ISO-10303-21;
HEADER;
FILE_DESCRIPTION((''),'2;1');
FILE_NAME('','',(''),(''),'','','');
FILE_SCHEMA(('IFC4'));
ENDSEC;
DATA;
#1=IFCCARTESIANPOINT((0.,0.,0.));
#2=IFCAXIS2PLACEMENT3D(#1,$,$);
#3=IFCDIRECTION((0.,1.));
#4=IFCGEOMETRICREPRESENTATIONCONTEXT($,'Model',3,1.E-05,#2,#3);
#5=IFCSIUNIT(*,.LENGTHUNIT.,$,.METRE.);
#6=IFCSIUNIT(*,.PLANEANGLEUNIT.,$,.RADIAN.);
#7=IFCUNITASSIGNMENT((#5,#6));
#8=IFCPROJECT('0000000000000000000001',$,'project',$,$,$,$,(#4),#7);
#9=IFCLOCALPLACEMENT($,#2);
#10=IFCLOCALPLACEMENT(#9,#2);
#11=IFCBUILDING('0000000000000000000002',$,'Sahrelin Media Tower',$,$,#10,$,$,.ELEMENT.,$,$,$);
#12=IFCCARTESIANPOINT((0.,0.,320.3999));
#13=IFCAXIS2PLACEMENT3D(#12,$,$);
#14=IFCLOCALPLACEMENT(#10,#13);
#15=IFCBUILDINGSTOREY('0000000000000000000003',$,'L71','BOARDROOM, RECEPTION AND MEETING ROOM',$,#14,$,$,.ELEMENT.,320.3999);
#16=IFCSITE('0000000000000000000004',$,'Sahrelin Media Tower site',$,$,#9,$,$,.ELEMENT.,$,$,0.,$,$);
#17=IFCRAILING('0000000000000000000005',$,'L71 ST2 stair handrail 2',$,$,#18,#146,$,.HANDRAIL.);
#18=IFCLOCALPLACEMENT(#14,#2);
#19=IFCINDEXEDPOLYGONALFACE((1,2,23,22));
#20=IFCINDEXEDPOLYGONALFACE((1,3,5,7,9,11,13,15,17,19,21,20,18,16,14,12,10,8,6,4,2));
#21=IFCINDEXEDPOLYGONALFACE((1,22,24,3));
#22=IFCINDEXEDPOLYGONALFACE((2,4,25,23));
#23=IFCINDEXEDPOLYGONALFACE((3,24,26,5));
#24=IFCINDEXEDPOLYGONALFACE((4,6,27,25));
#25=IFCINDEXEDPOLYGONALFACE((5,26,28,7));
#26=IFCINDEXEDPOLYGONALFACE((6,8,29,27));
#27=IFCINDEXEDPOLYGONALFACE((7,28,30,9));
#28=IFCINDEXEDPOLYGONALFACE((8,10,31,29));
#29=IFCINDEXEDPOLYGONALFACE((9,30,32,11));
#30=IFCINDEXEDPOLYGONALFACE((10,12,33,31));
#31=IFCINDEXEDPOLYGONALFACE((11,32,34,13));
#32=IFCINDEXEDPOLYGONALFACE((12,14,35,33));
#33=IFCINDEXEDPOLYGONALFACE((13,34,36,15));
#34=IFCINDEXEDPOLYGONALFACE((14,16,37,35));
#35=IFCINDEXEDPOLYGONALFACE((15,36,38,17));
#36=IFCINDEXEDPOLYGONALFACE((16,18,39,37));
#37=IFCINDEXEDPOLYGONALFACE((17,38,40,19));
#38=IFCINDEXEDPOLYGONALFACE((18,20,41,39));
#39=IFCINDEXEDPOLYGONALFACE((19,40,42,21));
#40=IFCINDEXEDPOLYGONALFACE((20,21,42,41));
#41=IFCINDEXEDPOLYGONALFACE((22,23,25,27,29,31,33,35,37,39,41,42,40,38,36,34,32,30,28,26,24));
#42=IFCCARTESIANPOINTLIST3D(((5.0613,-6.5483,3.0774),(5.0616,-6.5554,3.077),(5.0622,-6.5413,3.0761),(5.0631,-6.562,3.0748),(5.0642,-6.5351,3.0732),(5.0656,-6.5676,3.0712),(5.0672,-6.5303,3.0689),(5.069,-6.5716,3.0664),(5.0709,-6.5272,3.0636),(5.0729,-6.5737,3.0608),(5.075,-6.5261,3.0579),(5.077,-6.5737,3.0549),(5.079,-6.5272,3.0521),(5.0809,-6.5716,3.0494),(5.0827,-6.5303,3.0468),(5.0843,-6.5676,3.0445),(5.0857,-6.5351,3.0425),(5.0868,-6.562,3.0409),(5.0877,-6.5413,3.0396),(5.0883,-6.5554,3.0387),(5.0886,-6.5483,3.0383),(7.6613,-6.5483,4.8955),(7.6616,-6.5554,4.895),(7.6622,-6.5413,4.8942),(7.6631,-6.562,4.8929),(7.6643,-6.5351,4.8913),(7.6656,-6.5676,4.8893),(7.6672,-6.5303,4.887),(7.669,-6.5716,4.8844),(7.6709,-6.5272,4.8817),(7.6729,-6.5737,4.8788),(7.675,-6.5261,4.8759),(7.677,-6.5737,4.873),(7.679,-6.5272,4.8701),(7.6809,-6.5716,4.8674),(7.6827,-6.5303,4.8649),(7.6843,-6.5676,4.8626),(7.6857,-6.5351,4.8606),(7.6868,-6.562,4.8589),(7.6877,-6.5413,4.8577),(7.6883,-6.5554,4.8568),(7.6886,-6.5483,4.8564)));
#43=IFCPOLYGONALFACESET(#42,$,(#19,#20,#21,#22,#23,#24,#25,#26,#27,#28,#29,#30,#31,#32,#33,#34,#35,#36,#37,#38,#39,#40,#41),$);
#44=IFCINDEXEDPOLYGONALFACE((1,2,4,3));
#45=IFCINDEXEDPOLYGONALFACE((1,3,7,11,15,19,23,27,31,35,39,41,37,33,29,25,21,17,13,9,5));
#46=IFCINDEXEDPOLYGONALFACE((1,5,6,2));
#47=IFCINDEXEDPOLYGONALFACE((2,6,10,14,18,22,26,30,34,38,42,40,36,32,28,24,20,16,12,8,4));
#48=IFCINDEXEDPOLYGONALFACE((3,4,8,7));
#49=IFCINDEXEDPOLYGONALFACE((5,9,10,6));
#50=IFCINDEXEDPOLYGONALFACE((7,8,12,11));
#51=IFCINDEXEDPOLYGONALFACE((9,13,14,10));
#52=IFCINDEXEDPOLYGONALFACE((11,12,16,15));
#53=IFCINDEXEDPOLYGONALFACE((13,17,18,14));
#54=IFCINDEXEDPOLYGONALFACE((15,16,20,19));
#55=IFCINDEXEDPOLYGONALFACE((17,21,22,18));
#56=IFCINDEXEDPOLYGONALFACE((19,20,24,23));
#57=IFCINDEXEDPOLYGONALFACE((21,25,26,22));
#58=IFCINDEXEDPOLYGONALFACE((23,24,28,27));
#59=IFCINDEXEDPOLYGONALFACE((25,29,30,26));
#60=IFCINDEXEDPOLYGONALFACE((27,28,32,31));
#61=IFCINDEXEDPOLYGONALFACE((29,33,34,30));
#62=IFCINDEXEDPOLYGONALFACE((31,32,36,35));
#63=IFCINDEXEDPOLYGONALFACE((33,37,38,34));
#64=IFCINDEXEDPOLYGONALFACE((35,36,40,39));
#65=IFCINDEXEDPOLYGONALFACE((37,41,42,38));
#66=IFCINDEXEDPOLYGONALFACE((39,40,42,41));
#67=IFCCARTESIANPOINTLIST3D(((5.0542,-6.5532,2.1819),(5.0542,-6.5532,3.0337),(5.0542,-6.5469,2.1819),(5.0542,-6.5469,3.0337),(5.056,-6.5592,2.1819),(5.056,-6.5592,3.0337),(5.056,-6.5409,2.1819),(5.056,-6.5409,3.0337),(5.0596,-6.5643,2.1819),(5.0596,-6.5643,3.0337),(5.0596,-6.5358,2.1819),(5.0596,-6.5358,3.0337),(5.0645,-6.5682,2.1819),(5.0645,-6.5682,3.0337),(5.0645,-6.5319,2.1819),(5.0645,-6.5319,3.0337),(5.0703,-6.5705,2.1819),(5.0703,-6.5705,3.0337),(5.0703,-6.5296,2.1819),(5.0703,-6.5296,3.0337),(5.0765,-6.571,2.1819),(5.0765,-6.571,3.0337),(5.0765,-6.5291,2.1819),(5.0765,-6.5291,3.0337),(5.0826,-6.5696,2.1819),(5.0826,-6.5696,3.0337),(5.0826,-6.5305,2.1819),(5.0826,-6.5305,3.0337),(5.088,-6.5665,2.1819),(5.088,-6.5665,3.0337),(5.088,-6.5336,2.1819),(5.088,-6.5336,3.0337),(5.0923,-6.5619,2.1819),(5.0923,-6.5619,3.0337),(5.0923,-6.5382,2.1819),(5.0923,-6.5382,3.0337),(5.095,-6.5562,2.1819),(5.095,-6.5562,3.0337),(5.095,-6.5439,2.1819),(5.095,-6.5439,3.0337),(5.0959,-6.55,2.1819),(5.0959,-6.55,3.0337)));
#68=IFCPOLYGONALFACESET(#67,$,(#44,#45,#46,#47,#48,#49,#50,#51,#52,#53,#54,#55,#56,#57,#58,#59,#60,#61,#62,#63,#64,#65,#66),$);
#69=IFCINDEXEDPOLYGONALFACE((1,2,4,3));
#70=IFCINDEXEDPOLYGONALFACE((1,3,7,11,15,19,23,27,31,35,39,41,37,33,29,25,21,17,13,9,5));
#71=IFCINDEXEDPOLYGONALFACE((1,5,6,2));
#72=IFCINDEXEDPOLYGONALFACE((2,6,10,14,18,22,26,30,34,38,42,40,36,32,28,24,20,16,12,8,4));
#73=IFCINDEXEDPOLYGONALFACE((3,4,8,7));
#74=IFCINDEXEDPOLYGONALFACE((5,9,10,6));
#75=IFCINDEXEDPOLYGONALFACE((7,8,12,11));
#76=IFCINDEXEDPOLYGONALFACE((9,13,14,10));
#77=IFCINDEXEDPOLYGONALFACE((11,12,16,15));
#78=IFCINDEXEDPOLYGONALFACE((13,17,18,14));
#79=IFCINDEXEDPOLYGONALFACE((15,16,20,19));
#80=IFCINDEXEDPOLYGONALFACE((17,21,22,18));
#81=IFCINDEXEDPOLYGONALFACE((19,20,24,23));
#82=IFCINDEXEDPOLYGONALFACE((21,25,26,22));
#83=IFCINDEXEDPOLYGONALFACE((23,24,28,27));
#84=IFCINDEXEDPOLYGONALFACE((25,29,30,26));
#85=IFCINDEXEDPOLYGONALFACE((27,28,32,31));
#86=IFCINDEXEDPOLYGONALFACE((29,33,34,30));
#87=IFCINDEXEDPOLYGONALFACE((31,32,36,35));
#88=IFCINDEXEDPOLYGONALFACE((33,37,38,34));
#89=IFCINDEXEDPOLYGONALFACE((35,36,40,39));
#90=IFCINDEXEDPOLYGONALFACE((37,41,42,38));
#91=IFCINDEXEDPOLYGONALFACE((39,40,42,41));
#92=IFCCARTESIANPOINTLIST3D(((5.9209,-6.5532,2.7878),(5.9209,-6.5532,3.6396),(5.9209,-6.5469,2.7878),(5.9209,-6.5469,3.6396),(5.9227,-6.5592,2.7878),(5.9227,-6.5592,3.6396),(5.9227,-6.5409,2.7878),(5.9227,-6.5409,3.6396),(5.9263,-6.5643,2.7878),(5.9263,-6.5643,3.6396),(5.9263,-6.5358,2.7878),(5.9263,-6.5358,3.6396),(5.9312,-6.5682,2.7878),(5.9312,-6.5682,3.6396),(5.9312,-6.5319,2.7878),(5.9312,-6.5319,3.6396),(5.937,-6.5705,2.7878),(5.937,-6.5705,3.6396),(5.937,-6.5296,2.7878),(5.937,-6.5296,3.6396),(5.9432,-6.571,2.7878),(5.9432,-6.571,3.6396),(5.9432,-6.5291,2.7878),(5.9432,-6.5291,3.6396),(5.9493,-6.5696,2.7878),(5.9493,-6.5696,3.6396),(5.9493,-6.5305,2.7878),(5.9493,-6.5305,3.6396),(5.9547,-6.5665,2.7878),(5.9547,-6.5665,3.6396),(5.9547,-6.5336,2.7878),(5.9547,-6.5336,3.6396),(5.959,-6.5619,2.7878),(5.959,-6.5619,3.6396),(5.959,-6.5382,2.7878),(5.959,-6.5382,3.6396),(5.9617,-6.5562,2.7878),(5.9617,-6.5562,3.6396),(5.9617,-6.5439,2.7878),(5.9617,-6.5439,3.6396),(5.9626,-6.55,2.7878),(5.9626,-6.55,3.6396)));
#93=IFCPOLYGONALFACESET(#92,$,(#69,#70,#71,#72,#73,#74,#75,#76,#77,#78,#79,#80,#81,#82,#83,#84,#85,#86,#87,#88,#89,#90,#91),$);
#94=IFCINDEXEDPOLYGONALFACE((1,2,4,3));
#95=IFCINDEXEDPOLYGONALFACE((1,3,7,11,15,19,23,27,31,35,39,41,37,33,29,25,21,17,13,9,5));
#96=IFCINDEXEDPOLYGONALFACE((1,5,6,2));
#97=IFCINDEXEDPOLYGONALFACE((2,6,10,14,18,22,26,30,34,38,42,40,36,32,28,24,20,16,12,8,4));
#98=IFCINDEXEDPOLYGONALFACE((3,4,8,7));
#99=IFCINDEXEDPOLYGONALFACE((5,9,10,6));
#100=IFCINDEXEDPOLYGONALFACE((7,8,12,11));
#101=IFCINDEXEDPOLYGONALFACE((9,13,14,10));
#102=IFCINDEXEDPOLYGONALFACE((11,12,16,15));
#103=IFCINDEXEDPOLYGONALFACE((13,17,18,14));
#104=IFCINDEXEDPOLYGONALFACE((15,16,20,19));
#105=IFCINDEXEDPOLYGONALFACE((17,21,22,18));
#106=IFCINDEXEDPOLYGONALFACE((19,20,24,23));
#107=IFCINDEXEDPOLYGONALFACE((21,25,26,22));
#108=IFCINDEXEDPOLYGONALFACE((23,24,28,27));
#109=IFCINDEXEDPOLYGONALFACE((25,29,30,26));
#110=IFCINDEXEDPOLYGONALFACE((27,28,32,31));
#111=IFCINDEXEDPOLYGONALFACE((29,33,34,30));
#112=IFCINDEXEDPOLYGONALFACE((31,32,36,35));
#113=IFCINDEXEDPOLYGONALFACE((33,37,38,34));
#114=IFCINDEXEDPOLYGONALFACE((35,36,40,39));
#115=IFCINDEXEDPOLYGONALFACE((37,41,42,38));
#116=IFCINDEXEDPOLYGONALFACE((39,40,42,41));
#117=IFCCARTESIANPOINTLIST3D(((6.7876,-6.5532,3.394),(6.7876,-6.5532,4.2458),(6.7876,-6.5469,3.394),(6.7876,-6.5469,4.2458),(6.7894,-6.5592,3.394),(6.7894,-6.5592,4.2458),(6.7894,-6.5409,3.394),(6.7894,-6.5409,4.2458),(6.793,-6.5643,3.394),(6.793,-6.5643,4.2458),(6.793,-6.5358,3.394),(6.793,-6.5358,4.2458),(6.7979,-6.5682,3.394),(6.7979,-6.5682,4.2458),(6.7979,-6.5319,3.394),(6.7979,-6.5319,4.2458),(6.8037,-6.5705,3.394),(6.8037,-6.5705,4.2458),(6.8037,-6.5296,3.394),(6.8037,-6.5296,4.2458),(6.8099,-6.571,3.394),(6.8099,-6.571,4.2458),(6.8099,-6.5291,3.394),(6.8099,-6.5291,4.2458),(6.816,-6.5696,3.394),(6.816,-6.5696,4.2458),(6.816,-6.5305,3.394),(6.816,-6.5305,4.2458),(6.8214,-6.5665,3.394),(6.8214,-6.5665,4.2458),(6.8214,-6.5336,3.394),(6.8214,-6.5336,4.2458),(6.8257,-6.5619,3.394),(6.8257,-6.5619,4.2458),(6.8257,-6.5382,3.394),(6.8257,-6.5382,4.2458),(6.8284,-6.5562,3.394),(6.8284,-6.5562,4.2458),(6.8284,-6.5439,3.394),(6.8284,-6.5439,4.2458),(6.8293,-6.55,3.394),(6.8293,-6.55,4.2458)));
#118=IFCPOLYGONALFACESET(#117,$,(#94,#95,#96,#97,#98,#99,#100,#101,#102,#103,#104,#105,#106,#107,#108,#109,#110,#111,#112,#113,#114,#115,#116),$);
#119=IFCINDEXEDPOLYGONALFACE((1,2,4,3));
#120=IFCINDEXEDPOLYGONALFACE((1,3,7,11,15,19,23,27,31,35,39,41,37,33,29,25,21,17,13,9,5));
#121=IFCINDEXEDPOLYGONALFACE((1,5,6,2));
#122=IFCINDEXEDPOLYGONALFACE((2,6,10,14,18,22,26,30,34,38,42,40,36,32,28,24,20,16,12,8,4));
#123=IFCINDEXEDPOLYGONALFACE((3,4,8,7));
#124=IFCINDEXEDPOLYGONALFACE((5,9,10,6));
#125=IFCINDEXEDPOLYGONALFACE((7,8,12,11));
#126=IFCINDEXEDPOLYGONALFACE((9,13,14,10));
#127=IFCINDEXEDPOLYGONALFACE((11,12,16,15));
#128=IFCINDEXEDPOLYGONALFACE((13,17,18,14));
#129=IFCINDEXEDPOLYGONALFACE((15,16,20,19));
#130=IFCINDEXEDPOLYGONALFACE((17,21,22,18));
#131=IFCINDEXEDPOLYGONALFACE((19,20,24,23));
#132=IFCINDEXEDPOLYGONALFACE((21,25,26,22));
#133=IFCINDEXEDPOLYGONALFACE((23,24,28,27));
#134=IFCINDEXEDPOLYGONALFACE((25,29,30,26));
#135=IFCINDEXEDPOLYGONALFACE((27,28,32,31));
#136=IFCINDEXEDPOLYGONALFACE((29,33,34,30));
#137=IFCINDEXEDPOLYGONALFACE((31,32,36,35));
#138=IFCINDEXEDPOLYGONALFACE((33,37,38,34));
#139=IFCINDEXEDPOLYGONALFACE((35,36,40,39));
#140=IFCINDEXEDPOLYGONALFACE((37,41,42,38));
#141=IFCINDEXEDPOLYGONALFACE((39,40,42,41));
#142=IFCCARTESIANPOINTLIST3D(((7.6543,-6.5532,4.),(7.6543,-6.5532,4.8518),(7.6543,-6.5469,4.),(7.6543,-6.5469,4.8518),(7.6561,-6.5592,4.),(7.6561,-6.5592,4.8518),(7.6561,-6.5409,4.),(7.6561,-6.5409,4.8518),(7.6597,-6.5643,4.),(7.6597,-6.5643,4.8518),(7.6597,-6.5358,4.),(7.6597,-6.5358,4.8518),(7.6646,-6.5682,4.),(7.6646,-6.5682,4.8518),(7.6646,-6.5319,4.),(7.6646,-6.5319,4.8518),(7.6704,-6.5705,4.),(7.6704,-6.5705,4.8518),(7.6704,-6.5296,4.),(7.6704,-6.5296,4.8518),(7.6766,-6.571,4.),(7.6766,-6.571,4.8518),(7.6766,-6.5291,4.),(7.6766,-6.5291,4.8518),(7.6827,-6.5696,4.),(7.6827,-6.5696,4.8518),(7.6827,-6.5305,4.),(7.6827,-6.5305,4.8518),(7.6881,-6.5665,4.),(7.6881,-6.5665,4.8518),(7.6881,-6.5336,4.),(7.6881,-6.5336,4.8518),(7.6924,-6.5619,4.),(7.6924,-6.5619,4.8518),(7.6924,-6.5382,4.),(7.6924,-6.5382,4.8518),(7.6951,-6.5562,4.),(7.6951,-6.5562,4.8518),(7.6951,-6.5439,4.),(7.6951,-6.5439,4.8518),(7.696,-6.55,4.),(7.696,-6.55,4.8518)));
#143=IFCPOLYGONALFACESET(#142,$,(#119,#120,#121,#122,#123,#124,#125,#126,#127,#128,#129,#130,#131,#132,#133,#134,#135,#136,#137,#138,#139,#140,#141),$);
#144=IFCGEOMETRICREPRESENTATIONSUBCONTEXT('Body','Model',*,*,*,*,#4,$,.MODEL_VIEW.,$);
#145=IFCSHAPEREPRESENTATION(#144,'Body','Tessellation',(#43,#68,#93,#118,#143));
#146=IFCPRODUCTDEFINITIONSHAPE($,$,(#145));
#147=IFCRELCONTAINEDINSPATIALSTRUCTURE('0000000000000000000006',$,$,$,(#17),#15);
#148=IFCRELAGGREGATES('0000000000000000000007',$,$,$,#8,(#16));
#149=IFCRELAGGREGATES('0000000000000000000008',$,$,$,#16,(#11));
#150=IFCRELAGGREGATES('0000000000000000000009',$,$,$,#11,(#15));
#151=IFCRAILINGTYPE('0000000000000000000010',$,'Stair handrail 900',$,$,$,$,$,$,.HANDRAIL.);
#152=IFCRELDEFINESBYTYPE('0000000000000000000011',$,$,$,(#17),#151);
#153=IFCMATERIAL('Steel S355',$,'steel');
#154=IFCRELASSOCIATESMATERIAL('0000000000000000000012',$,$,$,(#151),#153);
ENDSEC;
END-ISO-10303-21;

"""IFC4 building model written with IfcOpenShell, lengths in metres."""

from ifc_helpers import new_model, si_unit, direction, frame, origin, origin_2d, place, context, subcontext, project, spatial, circle, extrude, material, type_object, element, save


model = new_model("IFC4")

# Units and contexts
model_context = context("Model", 3, precision=1e-05, world=origin(), true_north=direction((0.0, 1.0)))
body_context = subcontext(model_context, "Body", "Model", "MODEL_VIEW")
ifc_project = project(units=[si_unit("LENGTHUNIT", "METRE"), si_unit("PLANEANGLEUNIT", "RADIAN")], contexts=[model_context])

# Site, building, storey
site_placement = place(None, origin())
site = spatial("IfcSite", under=ifc_project, at=site_placement, Name="Sahrelin Media Tower site", CompositionType="ELEMENT", RefElevation=0.0)
building_placement = place(site_placement, origin())
building = spatial("IfcBuilding", under=site, at=building_placement, Name="Sahrelin Media Tower", CompositionType="ELEMENT")
storey_placement = place(building_placement, frame((0.0, 0.0, 320.3999)))
storey = spatial("IfcBuildingStorey", under=building, at=storey_placement, Name="L71", Description="BOARDROOM, RECEPTION AND MEETING ROOM", CompositionType="ELEMENT", Elevation=320.3999)

# Shared definitions
ifc_material_1 = material(Name="Steel S355", Category="steel")

# Railing
railing_type_1 = type_object("IfcRailingType", Name="Stair handrail 900", PredefinedType="HANDRAIL", material=ifc_material_1)
railing_1_placement = place(storey_placement, frame((5.075, -6.55, 2.1819)))
element("IfcRailing", 1, at=railing_1_placement, inside=storey, type_object=railing_type_1, Name="L71 ST2 stair handrail 2", PredefinedType="HANDRAIL", context=body_context, shape_type="SweptSolid", body=[
    extrude(circle(Radius=0.0239, at=origin_2d()), frame((0.0, 0.0, 0.876), z_axis=(0.819521, 0.0, 0.573049), x_axis=(0.0, 1.0, 0.0)), (0.0, 0.0, 1.0), 3.1726),
    extrude(circle(Radius=0.021, at=origin_2d()), origin(), (0.0, 0.0, 1.0), 0.8518),
    extrude(circle(Radius=0.021, at=origin_2d()), frame((0.8667, 0.0, 0.606)), (0.0, 0.0, 1.0), 0.8518),
    extrude(circle(Radius=0.021, at=origin_2d()), frame((1.7334, 0.0, 1.2122)), (0.0, 0.0, 1.0), 0.8518),
    extrude(circle(Radius=0.021, at=origin_2d()), frame((2.6001, 0.0, 1.8181)), (0.0, 0.0, 1.0), 0.8518),
])

save(model, "model.ifc")
